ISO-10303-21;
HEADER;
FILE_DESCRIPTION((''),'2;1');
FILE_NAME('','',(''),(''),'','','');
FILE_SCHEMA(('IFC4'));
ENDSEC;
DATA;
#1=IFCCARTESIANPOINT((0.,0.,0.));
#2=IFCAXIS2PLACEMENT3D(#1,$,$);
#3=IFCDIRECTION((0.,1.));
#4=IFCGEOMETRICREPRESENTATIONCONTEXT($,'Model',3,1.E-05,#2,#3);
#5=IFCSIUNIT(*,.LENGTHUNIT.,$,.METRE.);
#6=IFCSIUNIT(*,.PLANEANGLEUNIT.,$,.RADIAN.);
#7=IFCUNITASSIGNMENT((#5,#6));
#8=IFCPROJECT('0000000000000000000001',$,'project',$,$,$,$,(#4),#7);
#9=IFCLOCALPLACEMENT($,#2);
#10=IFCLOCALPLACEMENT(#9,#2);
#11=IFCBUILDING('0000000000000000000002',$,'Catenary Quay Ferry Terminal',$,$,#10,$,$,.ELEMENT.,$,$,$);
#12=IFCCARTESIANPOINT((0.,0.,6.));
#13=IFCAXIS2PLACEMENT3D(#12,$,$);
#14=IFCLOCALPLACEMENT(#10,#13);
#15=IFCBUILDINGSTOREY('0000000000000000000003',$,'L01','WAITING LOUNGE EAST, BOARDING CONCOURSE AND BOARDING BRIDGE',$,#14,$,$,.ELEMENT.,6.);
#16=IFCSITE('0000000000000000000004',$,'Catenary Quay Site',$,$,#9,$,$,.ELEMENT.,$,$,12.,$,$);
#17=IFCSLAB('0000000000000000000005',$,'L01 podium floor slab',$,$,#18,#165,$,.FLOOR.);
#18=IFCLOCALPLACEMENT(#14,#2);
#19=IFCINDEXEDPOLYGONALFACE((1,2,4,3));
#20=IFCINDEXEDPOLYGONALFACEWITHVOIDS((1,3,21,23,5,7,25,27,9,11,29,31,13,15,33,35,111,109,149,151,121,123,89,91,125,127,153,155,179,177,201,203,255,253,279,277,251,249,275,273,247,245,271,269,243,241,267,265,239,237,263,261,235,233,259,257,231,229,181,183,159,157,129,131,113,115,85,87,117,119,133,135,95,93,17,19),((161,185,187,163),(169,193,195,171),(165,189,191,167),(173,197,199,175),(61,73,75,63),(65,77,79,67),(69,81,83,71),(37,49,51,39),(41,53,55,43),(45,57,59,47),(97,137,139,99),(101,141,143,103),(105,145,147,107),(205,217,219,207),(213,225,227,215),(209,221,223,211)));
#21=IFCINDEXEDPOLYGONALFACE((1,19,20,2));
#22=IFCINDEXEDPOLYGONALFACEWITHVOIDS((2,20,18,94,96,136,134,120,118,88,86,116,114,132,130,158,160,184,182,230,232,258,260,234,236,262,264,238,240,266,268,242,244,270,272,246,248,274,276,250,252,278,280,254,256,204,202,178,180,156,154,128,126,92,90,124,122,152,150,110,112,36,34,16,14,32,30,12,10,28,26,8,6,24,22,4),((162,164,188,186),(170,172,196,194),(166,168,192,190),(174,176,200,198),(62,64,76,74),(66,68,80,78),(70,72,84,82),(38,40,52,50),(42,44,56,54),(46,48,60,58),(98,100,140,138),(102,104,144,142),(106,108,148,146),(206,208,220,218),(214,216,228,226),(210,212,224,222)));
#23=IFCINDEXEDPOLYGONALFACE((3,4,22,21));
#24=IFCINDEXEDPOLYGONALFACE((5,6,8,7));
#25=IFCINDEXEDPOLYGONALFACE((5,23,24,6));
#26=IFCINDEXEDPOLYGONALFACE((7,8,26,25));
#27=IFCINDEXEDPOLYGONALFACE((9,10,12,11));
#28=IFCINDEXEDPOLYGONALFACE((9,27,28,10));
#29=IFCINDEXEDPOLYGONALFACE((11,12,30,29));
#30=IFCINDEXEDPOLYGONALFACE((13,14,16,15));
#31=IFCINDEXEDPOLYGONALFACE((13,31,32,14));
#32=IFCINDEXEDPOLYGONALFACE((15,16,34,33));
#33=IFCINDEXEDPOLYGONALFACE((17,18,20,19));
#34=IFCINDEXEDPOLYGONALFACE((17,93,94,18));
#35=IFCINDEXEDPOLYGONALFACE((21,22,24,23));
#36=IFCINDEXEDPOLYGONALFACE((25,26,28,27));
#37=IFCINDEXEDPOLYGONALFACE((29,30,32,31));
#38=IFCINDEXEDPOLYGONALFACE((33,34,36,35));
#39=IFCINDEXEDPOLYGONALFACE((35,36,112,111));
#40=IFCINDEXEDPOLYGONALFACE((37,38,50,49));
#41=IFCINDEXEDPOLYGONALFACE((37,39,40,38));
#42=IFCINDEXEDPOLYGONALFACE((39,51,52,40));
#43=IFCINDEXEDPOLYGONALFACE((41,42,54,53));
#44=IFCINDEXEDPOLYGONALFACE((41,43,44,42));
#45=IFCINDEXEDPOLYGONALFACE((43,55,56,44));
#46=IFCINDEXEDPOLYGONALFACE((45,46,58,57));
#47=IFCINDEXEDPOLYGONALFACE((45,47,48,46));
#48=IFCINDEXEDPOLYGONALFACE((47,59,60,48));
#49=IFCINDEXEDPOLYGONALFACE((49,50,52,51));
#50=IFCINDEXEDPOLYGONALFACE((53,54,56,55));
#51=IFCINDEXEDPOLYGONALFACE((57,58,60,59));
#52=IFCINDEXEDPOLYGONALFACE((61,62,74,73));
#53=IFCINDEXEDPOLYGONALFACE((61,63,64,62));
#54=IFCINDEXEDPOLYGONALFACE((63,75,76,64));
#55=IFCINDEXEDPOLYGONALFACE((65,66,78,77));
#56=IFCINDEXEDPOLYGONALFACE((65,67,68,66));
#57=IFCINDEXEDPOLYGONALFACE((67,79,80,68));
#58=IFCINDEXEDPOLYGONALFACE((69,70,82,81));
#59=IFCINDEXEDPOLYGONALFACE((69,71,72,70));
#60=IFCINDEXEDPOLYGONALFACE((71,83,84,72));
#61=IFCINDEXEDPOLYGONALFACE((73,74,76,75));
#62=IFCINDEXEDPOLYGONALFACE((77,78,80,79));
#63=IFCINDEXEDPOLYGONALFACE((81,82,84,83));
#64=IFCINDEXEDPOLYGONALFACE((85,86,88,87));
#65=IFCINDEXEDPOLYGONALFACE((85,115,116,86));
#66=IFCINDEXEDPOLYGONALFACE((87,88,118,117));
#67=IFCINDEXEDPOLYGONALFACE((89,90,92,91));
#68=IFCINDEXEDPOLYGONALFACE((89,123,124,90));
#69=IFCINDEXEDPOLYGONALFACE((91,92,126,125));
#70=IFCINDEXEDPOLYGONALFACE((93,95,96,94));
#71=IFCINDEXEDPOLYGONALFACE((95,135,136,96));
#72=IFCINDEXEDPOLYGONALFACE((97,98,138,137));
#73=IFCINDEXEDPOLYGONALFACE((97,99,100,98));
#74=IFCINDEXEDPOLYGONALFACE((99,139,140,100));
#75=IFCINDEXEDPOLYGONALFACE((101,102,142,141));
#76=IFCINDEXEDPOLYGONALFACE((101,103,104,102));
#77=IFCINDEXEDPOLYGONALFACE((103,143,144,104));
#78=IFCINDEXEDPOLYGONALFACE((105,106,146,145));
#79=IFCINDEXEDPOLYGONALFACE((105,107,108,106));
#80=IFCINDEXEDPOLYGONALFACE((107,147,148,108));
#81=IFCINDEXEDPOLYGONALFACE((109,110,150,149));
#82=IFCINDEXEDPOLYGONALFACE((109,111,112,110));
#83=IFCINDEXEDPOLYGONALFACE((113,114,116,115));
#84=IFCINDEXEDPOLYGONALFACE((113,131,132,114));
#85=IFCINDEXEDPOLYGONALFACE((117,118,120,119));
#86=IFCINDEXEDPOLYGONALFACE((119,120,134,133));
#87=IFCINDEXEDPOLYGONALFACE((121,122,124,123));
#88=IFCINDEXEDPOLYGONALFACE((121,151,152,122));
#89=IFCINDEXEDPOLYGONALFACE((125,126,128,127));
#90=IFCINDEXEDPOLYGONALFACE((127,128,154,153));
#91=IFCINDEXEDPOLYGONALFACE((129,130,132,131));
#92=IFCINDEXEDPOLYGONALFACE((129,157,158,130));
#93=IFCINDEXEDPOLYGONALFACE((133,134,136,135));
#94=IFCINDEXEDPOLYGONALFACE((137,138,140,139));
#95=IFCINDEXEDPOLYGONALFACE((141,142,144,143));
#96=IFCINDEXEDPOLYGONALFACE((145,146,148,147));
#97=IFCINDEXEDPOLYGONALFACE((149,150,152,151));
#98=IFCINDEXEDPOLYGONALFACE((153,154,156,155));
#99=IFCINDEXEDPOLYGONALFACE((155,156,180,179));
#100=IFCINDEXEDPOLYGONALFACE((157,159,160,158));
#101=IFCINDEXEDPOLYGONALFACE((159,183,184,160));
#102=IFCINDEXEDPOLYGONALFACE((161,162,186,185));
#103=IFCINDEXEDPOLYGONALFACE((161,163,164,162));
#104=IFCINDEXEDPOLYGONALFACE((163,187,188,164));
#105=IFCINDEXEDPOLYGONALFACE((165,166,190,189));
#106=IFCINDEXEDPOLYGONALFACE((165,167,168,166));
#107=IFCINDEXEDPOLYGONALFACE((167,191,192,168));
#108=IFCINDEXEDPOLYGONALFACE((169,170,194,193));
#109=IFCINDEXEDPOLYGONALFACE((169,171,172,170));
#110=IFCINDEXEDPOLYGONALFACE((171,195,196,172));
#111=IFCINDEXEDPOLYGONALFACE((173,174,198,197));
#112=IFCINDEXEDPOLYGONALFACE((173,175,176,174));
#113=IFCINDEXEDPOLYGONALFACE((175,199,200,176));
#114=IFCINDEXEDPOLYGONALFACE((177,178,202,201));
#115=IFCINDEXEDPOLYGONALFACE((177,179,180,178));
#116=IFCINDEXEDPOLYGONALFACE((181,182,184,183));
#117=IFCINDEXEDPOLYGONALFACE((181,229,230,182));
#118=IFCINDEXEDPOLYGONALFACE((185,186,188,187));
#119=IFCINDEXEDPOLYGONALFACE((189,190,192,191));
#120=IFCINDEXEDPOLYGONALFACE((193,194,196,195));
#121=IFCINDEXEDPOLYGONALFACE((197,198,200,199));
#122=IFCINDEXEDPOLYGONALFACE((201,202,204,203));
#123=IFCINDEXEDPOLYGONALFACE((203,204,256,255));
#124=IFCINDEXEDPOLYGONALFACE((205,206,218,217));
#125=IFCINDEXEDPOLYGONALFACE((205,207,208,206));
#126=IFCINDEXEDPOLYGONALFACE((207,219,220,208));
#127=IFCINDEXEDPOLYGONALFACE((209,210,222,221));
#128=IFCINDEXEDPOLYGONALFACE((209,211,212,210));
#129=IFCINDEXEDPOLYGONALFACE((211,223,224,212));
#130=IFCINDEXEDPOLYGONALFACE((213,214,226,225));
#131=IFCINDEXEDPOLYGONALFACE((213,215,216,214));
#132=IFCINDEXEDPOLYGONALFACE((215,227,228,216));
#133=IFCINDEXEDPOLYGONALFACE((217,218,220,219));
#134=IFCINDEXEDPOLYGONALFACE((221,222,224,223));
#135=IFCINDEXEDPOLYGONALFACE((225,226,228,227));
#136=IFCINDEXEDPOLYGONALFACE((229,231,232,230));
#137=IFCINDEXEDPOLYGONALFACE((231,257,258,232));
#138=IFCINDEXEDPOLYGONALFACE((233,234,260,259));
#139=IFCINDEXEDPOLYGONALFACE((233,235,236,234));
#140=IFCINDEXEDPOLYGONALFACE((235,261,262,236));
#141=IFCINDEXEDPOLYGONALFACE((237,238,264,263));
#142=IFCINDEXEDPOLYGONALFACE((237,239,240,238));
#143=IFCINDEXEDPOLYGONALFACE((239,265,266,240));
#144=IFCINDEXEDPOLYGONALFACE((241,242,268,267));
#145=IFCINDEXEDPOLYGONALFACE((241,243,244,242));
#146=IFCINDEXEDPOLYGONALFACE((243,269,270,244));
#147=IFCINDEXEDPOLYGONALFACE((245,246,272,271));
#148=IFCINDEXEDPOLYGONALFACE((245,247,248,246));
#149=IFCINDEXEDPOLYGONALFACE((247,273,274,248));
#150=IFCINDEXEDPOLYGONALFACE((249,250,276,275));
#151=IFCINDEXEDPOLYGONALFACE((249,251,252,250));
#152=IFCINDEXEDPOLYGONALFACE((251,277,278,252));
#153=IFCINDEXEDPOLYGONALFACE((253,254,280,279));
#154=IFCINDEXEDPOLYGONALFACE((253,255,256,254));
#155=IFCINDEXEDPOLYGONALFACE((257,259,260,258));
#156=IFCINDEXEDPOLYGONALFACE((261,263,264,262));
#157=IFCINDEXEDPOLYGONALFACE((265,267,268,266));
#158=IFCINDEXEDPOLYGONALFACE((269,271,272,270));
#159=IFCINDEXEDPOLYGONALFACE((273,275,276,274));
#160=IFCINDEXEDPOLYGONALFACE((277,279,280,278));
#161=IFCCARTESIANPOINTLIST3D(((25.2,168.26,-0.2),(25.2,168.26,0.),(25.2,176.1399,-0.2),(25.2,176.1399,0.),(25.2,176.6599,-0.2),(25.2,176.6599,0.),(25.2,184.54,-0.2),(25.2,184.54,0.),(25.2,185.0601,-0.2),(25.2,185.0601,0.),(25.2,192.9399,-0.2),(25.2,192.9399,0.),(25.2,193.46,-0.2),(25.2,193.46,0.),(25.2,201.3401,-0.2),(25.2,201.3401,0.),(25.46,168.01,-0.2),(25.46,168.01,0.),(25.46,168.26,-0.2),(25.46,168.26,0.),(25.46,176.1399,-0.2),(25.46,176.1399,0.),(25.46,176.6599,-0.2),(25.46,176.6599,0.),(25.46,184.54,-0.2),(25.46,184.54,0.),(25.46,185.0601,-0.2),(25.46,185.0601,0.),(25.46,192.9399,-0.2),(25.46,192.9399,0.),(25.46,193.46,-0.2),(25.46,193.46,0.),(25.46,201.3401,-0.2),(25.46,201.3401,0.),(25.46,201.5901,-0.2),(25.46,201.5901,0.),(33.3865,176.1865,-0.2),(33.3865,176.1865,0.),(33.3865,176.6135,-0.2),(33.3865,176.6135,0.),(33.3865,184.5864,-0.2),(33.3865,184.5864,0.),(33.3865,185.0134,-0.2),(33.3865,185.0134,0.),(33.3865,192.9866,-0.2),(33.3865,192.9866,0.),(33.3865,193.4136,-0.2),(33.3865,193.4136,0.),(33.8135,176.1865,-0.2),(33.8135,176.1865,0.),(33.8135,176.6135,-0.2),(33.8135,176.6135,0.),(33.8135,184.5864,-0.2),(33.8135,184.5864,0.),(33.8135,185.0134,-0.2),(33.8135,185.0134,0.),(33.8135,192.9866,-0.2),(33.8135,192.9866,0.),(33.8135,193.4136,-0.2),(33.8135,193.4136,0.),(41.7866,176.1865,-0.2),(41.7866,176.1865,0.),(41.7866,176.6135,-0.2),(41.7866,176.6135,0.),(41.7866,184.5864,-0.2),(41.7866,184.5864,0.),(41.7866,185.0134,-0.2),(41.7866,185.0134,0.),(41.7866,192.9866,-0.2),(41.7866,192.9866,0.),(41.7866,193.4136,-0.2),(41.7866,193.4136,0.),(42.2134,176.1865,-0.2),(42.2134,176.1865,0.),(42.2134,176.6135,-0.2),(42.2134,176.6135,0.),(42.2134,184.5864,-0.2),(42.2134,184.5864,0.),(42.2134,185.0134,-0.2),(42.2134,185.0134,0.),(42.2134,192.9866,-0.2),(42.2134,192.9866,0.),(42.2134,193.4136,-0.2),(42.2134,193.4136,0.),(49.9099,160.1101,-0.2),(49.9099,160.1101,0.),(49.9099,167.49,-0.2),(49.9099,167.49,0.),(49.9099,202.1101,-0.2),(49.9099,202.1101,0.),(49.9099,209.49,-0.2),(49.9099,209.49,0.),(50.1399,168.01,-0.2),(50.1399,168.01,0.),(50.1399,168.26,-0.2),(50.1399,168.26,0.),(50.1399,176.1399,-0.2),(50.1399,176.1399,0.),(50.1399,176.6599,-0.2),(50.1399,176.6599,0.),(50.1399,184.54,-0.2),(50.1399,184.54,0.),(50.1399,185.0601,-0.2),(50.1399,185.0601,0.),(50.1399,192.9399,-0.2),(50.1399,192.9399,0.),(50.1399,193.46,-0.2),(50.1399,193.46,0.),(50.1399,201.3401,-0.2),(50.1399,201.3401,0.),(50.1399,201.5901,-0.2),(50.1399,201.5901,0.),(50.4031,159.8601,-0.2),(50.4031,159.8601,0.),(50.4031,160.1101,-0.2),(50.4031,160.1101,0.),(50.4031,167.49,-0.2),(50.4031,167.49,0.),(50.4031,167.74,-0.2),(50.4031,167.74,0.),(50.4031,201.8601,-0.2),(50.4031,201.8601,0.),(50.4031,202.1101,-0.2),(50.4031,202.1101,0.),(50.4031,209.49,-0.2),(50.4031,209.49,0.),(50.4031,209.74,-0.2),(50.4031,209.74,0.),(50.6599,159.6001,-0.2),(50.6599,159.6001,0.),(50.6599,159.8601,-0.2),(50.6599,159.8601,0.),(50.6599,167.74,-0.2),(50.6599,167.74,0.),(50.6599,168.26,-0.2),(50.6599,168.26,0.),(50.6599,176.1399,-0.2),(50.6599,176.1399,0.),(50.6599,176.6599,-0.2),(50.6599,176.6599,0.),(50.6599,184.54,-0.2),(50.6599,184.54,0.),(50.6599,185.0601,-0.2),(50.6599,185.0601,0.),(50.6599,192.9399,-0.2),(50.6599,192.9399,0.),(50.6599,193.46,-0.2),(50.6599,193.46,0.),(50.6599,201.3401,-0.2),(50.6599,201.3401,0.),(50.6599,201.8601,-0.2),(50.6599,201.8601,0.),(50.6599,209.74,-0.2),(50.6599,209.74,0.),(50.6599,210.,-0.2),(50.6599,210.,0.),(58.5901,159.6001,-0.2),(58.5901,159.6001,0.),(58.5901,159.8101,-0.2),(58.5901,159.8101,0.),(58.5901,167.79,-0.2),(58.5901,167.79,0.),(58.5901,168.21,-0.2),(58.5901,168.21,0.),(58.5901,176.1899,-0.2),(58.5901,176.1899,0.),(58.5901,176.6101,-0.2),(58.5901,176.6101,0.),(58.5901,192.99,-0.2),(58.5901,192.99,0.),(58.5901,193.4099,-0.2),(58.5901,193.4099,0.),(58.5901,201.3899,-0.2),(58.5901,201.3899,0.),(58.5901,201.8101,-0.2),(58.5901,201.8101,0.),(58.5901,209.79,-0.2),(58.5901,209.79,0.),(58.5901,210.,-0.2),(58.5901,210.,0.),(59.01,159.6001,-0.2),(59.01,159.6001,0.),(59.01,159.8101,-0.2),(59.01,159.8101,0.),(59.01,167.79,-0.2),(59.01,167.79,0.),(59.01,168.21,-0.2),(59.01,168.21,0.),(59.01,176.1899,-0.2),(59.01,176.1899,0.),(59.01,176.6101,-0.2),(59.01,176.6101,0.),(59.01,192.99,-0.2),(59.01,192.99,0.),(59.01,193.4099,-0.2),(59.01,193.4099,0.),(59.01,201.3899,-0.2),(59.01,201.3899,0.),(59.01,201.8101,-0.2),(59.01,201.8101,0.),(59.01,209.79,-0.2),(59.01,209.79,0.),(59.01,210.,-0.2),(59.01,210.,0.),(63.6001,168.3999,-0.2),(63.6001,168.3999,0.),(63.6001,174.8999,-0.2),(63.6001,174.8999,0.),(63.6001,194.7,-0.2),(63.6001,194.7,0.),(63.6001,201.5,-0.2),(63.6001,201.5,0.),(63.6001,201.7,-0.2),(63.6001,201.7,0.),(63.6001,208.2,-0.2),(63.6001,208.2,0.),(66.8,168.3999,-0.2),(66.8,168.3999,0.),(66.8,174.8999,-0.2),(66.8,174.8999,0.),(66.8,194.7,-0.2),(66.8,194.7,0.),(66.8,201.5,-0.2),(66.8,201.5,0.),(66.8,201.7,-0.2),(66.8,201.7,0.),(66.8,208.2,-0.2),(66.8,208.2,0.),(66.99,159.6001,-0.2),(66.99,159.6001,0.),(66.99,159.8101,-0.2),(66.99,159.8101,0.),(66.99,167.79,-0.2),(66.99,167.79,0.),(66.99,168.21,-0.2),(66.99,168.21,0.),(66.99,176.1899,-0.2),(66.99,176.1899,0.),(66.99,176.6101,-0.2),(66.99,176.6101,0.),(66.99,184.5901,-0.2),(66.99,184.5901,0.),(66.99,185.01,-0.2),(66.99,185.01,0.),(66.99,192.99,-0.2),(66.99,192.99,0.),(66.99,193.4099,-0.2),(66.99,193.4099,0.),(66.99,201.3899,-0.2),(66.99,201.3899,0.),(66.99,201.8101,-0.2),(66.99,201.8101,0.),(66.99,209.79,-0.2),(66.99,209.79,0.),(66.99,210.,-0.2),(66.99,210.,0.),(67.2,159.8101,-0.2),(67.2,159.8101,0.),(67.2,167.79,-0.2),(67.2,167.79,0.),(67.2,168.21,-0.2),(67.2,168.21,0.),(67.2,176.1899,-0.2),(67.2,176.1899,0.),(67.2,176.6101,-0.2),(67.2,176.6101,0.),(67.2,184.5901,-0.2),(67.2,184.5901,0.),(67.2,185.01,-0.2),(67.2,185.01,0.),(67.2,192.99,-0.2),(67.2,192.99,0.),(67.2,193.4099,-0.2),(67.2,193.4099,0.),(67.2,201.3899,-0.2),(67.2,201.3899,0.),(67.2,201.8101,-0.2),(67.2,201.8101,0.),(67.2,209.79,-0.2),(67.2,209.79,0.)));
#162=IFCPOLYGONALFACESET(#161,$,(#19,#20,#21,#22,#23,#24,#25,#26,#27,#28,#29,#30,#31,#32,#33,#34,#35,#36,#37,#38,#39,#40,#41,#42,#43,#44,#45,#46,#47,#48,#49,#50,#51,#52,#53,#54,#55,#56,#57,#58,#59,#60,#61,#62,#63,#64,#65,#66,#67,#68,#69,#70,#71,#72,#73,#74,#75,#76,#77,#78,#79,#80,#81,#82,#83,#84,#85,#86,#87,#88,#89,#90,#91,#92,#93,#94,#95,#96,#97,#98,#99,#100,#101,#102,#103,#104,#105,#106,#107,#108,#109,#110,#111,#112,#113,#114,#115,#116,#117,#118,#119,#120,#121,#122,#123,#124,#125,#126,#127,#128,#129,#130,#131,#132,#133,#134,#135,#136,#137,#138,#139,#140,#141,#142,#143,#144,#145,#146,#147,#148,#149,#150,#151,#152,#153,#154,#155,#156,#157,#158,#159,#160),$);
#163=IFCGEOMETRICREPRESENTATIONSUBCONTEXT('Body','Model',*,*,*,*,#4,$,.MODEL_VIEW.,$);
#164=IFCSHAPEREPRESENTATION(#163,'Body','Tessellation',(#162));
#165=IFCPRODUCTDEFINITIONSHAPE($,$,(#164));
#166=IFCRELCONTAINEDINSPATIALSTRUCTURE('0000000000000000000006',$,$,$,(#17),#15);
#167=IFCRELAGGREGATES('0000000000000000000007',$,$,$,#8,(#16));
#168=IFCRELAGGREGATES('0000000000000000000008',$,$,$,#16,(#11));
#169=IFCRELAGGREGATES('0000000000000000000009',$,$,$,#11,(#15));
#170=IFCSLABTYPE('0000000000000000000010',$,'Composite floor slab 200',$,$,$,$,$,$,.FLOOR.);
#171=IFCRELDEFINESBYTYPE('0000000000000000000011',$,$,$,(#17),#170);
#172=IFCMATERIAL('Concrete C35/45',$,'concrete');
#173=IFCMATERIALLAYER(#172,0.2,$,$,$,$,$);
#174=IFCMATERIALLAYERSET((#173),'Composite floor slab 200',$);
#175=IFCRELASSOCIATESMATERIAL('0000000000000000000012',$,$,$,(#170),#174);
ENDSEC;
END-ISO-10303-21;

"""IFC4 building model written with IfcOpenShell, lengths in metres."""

from ifc_helpers import new_model, si_unit, direction, frame, origin, place, context, subcontext, project, spatial, polyline, outline, extrude, material, layer, layer_set, type_object, element, save


model = new_model("IFC4")

# Units and contexts
model_context = context("Model", 3, precision=1e-05, world=origin(), true_north=direction((0.0, 1.0)))
body_context = subcontext(model_context, "Body", "Model", "MODEL_VIEW")
ifc_project = project(units=[si_unit("LENGTHUNIT", "METRE"), si_unit("PLANEANGLEUNIT", "RADIAN")], contexts=[model_context])

# Site, building, storey
site_placement = place(None, origin())
site = spatial("IfcSite", under=ifc_project, at=site_placement, Name="Catenary Quay Site", CompositionType="ELEMENT", RefElevation=12.0)
building_placement = place(site_placement, origin())
building = spatial("IfcBuilding", under=site, at=building_placement, Name="Catenary Quay Ferry Terminal", CompositionType="ELEMENT")
storey_placement = place(building_placement, frame((0.0, 0.0, 6.0)))
storey = spatial("IfcBuildingStorey", under=building, at=storey_placement, Name="L01", Description="WAITING LOUNGE EAST, BOARDING CONCOURSE AND BOARDING BRIDGE", CompositionType="ELEMENT", Elevation=6.0)

# Slab
ifc_material_1 = material(Name="Concrete C35/45", Category="concrete")
ifc_layer_1 = layer(ifc_material_1, 0.2)
ifc_layer_set_1 = layer_set([ifc_layer_1], Name="Composite floor slab 200")
slab_type = type_object("IfcSlabType", Name="Composite floor slab 200", PredefinedType="FLOOR", material=ifc_layer_set_1)
slab_1_placement = place(storey_placement, frame((0.0, 0.0, -0.2)))
element("IfcSlab", 1, at=slab_1_placement, inside=storey, type_object=slab_type, Name="L01 podium floor slab", PredefinedType="FLOOR", context=body_context, shape_type="SweptSolid", body=[
    extrude(outline(polyline([(67.2, 159.8101), (66.99, 159.8101), (66.99, 159.6001), (59.01, 159.6001), (59.01, 159.8101), (58.5901, 159.8101), (58.5901, 159.6001), (50.6599, 159.6001), (50.6599, 159.8601), (50.4031, 159.8601), (50.4031, 160.1101), (49.9099, 160.1101), (49.9099, 167.49), (50.4031, 167.49), (50.4031, 167.74), (50.6599, 167.74), (50.6599, 168.26), (50.1399, 168.26), (50.1399, 168.01), (25.46, 168.01), (25.46, 168.26), (25.2, 168.26), (25.2, 176.1399), (25.46, 176.1399), (25.46, 176.6599), (25.2, 176.6599), (25.2, 184.54), (25.46, 184.54), (25.46, 185.0601), (25.2, 185.0601), (25.2, 192.9399), (25.46, 192.9399), (25.46, 193.46), (25.2, 193.46), (25.2, 201.3401), (25.46, 201.3401), (25.46, 201.5901), (50.1399, 201.5901), (50.1399, 201.3401), (50.6599, 201.3401), (50.6599, 201.8601), (50.4031, 201.8601), (50.4031, 202.1101), (49.9099, 202.1101), (49.9099, 209.49), (50.4031, 209.49), (50.4031, 209.74), (50.6599, 209.74), (50.6599, 210.0), (58.5901, 210.0), (58.5901, 209.79), (59.01, 209.79), (59.01, 210.0), (66.99, 210.0), (66.99, 209.79), (67.2, 209.79), (67.2, 201.8101), (66.99, 201.8101), (66.99, 201.3899), (67.2, 201.3899), (67.2, 193.4099), (66.99, 193.4099), (66.99, 192.99), (67.2, 192.99), (67.2, 185.01), (66.99, 185.01), (66.99, 184.5901), (67.2, 184.5901), (67.2, 176.6101), (66.99, 176.6101), (66.99, 176.1899), (67.2, 176.1899), (67.2, 168.21), (66.99, 168.21), (66.99, 167.79), (67.2, 167.79), (67.2, 159.8101)]), holes=[polyline([(33.3865, 176.1865), (33.8135, 176.1865), (33.8135, 176.6135), (33.3865, 176.6135), (33.3865, 176.1865)]), polyline([(33.3865, 184.5864), (33.8135, 184.5864), (33.8135, 185.0134), (33.3865, 185.0134), (33.3865, 184.5864)]), polyline([(33.3865, 192.9866), (33.8135, 192.9866), (33.8135, 193.4136), (33.3865, 193.4136), (33.3865, 192.9866)]), polyline([(41.7866, 176.1865), (42.2134, 176.1865), (42.2134, 176.6135), (41.7866, 176.6135), (41.7866, 176.1865)]), polyline([(50.1399, 176.1399), (50.6599, 176.1399), (50.6599, 176.6599), (50.1399, 176.6599), (50.1399, 176.1399)]), polyline([(50.1399, 184.54), (50.6599, 184.54), (50.6599, 185.0601), (50.1399, 185.0601), (50.1399, 184.54)]), polyline([(41.7866, 184.5864), (42.2134, 184.5864), (42.2134, 185.0134), (41.7866, 185.0134), (41.7866, 184.5864)]), polyline([(42.2134, 192.9866), (42.2134, 193.4136), (41.7866, 193.4136), (41.7866, 192.9866), (42.2134, 192.9866)]), polyline([(50.1399, 192.9399), (50.6599, 192.9399), (50.6599, 193.46), (50.1399, 193.46), (50.1399, 192.9399)]), polyline([(58.5901, 201.3899), (59.01, 201.3899), (59.01, 201.8101), (58.5901, 201.8101), (58.5901, 201.3899)]), polyline([(58.5901, 167.79), (59.01, 167.79), (59.01, 168.21), (58.5901, 168.21), (58.5901, 167.79)]), polyline([(63.6001, 168.3999), (66.8, 168.3999), (66.8, 174.8999), (63.6001, 174.8999), (63.6001, 168.3999)]), polyline([(58.5901, 176.1899), (59.01, 176.1899), (59.01, 176.6101), (58.5901, 176.6101), (58.5901, 176.1899)]), polyline([(58.5901, 192.99), (59.01, 192.99), (59.01, 193.4099), (58.5901, 193.4099), (58.5901, 192.99)]), polyline([(63.6001, 194.7), (66.8, 194.7), (66.8, 201.5), (63.6001, 201.5), (63.6001, 194.7)]), polyline([(63.6001, 201.7), (66.8, 201.7), (66.8, 208.2), (63.6001, 208.2), (63.6001, 201.7)])]), origin(), (0.0, 0.0, 1.0), 0.2),
])

save(model, "model.ifc")
